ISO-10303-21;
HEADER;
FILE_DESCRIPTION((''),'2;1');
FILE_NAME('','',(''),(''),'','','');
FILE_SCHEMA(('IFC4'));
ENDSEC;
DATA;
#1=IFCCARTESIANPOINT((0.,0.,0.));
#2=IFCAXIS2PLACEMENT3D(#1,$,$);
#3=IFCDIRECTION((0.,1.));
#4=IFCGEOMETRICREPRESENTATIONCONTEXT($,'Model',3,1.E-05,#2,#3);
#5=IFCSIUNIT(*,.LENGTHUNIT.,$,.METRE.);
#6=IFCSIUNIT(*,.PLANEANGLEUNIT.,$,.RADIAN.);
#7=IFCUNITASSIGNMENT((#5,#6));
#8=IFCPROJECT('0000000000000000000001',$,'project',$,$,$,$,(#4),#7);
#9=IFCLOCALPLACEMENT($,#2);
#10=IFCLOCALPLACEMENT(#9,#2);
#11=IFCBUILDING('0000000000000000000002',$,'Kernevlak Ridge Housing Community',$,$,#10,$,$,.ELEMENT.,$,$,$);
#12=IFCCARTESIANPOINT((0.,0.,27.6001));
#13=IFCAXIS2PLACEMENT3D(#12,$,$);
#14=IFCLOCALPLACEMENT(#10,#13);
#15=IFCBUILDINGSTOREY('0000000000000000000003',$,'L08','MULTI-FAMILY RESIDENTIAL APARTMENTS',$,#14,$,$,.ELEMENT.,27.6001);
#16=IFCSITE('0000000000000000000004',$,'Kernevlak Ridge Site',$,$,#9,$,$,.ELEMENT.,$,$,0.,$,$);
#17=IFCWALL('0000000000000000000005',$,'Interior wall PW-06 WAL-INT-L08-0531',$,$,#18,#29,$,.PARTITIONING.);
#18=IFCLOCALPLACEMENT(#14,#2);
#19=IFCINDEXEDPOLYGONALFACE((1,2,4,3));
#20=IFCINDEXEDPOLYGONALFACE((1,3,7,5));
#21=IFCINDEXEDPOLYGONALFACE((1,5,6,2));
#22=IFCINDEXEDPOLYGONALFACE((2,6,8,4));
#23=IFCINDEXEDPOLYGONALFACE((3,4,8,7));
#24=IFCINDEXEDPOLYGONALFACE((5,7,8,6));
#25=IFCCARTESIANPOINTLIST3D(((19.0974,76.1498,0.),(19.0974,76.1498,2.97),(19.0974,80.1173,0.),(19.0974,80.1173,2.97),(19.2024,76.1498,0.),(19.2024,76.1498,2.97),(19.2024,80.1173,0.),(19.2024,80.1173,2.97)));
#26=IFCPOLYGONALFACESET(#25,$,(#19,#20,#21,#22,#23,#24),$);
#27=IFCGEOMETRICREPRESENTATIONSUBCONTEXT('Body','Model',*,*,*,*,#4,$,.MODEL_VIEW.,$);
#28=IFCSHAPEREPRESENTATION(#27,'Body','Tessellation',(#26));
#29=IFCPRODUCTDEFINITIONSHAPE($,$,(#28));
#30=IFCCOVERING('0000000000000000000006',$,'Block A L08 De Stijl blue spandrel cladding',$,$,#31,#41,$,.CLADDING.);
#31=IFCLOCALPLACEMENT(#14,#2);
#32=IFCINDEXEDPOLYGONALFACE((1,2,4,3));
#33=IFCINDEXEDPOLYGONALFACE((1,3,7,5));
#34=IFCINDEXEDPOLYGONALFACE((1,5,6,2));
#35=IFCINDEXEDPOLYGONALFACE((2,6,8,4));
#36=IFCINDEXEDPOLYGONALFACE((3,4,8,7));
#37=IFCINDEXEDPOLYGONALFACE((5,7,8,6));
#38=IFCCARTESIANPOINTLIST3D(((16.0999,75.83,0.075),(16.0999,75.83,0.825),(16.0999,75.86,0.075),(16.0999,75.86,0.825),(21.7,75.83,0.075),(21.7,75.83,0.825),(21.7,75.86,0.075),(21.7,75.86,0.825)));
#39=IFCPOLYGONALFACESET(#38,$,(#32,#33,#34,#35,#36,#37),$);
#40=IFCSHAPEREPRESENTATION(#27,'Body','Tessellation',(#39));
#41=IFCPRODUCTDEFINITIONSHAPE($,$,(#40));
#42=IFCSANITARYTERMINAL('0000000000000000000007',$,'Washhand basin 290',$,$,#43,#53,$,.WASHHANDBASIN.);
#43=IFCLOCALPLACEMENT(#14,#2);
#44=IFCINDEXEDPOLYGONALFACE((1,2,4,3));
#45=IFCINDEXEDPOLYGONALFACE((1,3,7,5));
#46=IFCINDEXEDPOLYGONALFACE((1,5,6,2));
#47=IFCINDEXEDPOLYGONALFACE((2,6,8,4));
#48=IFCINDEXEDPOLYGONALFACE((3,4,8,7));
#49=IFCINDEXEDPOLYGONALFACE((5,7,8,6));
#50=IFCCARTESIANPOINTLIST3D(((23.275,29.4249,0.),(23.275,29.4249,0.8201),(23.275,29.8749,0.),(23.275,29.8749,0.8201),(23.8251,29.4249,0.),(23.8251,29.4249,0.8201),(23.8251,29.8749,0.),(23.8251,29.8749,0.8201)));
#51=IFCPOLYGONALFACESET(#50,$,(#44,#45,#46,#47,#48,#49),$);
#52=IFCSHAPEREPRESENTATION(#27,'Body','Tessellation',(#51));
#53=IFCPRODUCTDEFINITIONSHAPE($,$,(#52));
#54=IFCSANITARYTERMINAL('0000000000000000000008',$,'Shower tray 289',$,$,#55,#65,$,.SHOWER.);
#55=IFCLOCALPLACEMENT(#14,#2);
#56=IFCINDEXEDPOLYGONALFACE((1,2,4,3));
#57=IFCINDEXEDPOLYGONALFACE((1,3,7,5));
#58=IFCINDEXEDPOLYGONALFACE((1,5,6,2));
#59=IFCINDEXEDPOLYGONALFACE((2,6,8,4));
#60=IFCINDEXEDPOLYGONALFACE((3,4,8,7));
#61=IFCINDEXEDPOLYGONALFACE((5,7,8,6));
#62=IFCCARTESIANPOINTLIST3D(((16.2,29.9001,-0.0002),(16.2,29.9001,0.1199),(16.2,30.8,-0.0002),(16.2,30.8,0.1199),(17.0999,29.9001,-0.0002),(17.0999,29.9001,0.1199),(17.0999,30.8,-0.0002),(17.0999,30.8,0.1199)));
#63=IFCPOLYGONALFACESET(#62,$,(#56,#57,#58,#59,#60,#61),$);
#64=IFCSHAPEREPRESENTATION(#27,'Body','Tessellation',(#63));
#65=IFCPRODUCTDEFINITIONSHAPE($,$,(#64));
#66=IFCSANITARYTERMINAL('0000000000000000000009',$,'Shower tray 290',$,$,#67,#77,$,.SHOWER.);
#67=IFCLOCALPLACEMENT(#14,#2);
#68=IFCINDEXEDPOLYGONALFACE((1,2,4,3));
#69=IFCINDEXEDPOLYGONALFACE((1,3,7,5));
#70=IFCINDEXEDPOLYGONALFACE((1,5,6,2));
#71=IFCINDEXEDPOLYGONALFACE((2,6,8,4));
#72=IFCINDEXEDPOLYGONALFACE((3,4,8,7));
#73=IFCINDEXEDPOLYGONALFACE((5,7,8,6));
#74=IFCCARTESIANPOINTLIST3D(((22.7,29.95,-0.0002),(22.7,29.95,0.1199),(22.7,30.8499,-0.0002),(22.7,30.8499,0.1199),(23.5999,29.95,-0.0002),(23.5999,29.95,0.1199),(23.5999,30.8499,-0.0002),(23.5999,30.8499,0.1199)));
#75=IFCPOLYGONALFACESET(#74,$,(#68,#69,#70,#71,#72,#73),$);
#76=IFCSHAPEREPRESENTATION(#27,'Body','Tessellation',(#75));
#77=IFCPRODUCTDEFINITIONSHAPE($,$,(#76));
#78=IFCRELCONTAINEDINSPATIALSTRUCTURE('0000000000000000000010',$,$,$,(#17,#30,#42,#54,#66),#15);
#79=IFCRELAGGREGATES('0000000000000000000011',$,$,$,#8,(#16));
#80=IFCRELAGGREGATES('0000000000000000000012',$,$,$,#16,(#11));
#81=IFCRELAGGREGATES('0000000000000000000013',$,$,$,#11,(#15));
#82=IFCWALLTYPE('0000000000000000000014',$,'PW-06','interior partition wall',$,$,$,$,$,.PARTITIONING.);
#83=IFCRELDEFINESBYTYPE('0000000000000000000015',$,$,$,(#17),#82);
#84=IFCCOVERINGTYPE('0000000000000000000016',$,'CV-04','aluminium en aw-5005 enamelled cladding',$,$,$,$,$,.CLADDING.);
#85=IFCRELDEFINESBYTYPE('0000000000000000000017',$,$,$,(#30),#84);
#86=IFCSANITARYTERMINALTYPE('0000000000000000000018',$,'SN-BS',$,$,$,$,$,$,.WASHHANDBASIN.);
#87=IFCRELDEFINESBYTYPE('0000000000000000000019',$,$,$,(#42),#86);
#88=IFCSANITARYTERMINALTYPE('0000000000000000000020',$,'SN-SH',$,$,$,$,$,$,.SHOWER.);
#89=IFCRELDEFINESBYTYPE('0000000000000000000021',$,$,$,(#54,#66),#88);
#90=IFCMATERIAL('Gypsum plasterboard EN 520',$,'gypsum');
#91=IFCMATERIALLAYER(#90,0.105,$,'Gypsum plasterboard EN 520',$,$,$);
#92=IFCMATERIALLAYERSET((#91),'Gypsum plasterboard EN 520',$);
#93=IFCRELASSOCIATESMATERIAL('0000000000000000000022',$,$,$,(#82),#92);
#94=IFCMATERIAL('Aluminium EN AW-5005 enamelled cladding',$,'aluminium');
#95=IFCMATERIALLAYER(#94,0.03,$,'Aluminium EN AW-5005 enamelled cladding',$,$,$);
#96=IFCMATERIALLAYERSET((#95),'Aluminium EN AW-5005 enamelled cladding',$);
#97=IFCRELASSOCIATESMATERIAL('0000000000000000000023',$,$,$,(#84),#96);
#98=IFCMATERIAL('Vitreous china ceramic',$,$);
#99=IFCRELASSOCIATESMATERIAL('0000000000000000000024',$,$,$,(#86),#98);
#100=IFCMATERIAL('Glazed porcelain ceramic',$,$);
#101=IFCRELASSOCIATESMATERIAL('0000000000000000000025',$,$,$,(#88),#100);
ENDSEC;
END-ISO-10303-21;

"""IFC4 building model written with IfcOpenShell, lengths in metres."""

from ifc_helpers import new_model, si_unit, direction, frame, frame_2d, origin, origin_2d, place, context, subcontext, project, spatial, rectangle, extrude, material, layer, layer_set, type_object, element, save


model = new_model("IFC4")

# Units and contexts
model_context = context("Model", 3, precision=1e-05, world=origin(), true_north=direction((0.0, 1.0)))
body_context = subcontext(model_context, "Body", "Model", "MODEL_VIEW")
ifc_project = project(units=[si_unit("LENGTHUNIT", "METRE"), si_unit("PLANEANGLEUNIT", "RADIAN")], contexts=[model_context])

# Site, building, storey
site_placement = place(None, origin())
site = spatial("IfcSite", under=ifc_project, at=site_placement, Name="Kernevlak Ridge Site", CompositionType="ELEMENT", RefElevation=0.0)
building_placement = place(site_placement, origin())
building = spatial("IfcBuilding", under=site, at=building_placement, Name="Kernevlak Ridge Housing Community", CompositionType="ELEMENT")
storey_placement = place(building_placement, frame((0.0, 0.0, 27.6001)))
storey = spatial("IfcBuildingStorey", under=building, at=storey_placement, Name="L08", Description="MULTI-FAMILY RESIDENTIAL APARTMENTS", CompositionType="ELEMENT", Elevation=27.6001)

# Wall
ifc_material_1 = material(Name="Gypsum plasterboard EN 520", Category="gypsum")
ifc_layer_1 = layer(ifc_material_1, 0.105, Name="Gypsum plasterboard EN 520")
ifc_layer_set_1 = layer_set([ifc_layer_1], Name="Gypsum plasterboard EN 520")
wall_type_1 = type_object("IfcWallType", Name="PW-06", Description="interior partition wall", PredefinedType="PARTITIONING", material=ifc_layer_set_1)
wall_1_placement = place(storey_placement, frame((19.1499, 80.1174, 0.0), z_axis=(0.0, 0.0, 1.0), x_axis=(0.0, -1.0, 0.0)))
element("IfcWall", 1, at=wall_1_placement, inside=storey, type_object=wall_type_1, Name="Interior wall PW-06 WAL-INT-L08-0531", PredefinedType="PARTITIONING", context=body_context, shape_type="SweptSolid", body=[
    extrude(rectangle(XDim=3.9675, YDim=0.105, at=frame_2d((1.9839, 0.0))), origin(), (0.0, 0.0, 1.0), 2.97),
])

# Covering
ifc_material_2 = material(Name="Aluminium EN AW-5005 enamelled cladding", Category="aluminium")
ifc_layer_2 = layer(ifc_material_2, 0.03, Name="Aluminium EN AW-5005 enamelled cladding")
ifc_layer_set_2 = layer_set([ifc_layer_2], Name="Aluminium EN AW-5005 enamelled cladding")
covering_type = type_object("IfcCoveringType", Name="CV-04", Description="aluminium en aw-5005 enamelled cladding", PredefinedType="CLADDING", material=ifc_layer_set_2)
covering_placement = place(storey_placement, frame((18.8999, 75.845, 0.075), z_axis=(0.0, 0.0, 1.0), x_axis=(1.0, 0.0, 0.0)))
element("IfcCovering", 2, at=covering_placement, inside=storey, type_object=covering_type, Name="Block A L08 De Stijl blue spandrel cladding", PredefinedType="CLADDING", context=body_context, shape_type="SweptSolid", body=[
    extrude(rectangle(XDim=5.6001, YDim=0.03, at=origin_2d()), origin(), (0.0, 0.0, 1.0), 0.75),
])

# Sanitary terminals
ifc_material_3 = material(Name="Vitreous china ceramic")
sanitary_terminal_type_1 = type_object("IfcSanitaryTerminalType", Name="SN-BS", PredefinedType="WASHHANDBASIN", material=ifc_material_3)
sanitary_terminal_placement = place(storey_placement, frame((23.55, 29.6499, 0.0), z_axis=(0.0, 0.0, 1.0), x_axis=(1.0, 0.0, 0.0)))
element("IfcSanitaryTerminal", 3, at=sanitary_terminal_placement, inside=storey, type_object=sanitary_terminal_type_1, Name="Washhand basin 290", PredefinedType="WASHHANDBASIN", context=body_context, shape_type="SweptSolid", body=[
    extrude(rectangle(XDim=0.55, YDim=0.45, at=origin_2d()), origin(), (0.0, 0.0, 1.0), 0.8201),
])
ifc_material_4 = material(Name="Glazed porcelain ceramic")
sanitary_terminal_type_2 = type_object("IfcSanitaryTerminalType", Name="SN-SH", PredefinedType="SHOWER", material=ifc_material_4)
for number, where, z_axis, x_axis, name in (
    (4, (16.6499, 30.3501, -0.0002), (0.0, 0.0, 1.0), (1.0, 0.0, 0.0), "Shower tray 289"),
    (5, (23.1499, 30.3999, -0.0002), (0.0, 0.0, 1.0), (1.0, 0.0, 0.0), "Shower tray 290"),
):
    element("IfcSanitaryTerminal", number, at=place(storey_placement, frame(where, z_axis=z_axis, x_axis=x_axis)), inside=storey, type_object=sanitary_terminal_type_2, Name=name, PredefinedType="SHOWER", context=body_context, shape_type="SweptSolid", body=[
        extrude(rectangle(XDim=0.8999, YDim=0.8999, at=origin_2d()), origin(), (0.0, 0.0, 1.0), 0.1201),
    ])

save(model, "model.ifc")
